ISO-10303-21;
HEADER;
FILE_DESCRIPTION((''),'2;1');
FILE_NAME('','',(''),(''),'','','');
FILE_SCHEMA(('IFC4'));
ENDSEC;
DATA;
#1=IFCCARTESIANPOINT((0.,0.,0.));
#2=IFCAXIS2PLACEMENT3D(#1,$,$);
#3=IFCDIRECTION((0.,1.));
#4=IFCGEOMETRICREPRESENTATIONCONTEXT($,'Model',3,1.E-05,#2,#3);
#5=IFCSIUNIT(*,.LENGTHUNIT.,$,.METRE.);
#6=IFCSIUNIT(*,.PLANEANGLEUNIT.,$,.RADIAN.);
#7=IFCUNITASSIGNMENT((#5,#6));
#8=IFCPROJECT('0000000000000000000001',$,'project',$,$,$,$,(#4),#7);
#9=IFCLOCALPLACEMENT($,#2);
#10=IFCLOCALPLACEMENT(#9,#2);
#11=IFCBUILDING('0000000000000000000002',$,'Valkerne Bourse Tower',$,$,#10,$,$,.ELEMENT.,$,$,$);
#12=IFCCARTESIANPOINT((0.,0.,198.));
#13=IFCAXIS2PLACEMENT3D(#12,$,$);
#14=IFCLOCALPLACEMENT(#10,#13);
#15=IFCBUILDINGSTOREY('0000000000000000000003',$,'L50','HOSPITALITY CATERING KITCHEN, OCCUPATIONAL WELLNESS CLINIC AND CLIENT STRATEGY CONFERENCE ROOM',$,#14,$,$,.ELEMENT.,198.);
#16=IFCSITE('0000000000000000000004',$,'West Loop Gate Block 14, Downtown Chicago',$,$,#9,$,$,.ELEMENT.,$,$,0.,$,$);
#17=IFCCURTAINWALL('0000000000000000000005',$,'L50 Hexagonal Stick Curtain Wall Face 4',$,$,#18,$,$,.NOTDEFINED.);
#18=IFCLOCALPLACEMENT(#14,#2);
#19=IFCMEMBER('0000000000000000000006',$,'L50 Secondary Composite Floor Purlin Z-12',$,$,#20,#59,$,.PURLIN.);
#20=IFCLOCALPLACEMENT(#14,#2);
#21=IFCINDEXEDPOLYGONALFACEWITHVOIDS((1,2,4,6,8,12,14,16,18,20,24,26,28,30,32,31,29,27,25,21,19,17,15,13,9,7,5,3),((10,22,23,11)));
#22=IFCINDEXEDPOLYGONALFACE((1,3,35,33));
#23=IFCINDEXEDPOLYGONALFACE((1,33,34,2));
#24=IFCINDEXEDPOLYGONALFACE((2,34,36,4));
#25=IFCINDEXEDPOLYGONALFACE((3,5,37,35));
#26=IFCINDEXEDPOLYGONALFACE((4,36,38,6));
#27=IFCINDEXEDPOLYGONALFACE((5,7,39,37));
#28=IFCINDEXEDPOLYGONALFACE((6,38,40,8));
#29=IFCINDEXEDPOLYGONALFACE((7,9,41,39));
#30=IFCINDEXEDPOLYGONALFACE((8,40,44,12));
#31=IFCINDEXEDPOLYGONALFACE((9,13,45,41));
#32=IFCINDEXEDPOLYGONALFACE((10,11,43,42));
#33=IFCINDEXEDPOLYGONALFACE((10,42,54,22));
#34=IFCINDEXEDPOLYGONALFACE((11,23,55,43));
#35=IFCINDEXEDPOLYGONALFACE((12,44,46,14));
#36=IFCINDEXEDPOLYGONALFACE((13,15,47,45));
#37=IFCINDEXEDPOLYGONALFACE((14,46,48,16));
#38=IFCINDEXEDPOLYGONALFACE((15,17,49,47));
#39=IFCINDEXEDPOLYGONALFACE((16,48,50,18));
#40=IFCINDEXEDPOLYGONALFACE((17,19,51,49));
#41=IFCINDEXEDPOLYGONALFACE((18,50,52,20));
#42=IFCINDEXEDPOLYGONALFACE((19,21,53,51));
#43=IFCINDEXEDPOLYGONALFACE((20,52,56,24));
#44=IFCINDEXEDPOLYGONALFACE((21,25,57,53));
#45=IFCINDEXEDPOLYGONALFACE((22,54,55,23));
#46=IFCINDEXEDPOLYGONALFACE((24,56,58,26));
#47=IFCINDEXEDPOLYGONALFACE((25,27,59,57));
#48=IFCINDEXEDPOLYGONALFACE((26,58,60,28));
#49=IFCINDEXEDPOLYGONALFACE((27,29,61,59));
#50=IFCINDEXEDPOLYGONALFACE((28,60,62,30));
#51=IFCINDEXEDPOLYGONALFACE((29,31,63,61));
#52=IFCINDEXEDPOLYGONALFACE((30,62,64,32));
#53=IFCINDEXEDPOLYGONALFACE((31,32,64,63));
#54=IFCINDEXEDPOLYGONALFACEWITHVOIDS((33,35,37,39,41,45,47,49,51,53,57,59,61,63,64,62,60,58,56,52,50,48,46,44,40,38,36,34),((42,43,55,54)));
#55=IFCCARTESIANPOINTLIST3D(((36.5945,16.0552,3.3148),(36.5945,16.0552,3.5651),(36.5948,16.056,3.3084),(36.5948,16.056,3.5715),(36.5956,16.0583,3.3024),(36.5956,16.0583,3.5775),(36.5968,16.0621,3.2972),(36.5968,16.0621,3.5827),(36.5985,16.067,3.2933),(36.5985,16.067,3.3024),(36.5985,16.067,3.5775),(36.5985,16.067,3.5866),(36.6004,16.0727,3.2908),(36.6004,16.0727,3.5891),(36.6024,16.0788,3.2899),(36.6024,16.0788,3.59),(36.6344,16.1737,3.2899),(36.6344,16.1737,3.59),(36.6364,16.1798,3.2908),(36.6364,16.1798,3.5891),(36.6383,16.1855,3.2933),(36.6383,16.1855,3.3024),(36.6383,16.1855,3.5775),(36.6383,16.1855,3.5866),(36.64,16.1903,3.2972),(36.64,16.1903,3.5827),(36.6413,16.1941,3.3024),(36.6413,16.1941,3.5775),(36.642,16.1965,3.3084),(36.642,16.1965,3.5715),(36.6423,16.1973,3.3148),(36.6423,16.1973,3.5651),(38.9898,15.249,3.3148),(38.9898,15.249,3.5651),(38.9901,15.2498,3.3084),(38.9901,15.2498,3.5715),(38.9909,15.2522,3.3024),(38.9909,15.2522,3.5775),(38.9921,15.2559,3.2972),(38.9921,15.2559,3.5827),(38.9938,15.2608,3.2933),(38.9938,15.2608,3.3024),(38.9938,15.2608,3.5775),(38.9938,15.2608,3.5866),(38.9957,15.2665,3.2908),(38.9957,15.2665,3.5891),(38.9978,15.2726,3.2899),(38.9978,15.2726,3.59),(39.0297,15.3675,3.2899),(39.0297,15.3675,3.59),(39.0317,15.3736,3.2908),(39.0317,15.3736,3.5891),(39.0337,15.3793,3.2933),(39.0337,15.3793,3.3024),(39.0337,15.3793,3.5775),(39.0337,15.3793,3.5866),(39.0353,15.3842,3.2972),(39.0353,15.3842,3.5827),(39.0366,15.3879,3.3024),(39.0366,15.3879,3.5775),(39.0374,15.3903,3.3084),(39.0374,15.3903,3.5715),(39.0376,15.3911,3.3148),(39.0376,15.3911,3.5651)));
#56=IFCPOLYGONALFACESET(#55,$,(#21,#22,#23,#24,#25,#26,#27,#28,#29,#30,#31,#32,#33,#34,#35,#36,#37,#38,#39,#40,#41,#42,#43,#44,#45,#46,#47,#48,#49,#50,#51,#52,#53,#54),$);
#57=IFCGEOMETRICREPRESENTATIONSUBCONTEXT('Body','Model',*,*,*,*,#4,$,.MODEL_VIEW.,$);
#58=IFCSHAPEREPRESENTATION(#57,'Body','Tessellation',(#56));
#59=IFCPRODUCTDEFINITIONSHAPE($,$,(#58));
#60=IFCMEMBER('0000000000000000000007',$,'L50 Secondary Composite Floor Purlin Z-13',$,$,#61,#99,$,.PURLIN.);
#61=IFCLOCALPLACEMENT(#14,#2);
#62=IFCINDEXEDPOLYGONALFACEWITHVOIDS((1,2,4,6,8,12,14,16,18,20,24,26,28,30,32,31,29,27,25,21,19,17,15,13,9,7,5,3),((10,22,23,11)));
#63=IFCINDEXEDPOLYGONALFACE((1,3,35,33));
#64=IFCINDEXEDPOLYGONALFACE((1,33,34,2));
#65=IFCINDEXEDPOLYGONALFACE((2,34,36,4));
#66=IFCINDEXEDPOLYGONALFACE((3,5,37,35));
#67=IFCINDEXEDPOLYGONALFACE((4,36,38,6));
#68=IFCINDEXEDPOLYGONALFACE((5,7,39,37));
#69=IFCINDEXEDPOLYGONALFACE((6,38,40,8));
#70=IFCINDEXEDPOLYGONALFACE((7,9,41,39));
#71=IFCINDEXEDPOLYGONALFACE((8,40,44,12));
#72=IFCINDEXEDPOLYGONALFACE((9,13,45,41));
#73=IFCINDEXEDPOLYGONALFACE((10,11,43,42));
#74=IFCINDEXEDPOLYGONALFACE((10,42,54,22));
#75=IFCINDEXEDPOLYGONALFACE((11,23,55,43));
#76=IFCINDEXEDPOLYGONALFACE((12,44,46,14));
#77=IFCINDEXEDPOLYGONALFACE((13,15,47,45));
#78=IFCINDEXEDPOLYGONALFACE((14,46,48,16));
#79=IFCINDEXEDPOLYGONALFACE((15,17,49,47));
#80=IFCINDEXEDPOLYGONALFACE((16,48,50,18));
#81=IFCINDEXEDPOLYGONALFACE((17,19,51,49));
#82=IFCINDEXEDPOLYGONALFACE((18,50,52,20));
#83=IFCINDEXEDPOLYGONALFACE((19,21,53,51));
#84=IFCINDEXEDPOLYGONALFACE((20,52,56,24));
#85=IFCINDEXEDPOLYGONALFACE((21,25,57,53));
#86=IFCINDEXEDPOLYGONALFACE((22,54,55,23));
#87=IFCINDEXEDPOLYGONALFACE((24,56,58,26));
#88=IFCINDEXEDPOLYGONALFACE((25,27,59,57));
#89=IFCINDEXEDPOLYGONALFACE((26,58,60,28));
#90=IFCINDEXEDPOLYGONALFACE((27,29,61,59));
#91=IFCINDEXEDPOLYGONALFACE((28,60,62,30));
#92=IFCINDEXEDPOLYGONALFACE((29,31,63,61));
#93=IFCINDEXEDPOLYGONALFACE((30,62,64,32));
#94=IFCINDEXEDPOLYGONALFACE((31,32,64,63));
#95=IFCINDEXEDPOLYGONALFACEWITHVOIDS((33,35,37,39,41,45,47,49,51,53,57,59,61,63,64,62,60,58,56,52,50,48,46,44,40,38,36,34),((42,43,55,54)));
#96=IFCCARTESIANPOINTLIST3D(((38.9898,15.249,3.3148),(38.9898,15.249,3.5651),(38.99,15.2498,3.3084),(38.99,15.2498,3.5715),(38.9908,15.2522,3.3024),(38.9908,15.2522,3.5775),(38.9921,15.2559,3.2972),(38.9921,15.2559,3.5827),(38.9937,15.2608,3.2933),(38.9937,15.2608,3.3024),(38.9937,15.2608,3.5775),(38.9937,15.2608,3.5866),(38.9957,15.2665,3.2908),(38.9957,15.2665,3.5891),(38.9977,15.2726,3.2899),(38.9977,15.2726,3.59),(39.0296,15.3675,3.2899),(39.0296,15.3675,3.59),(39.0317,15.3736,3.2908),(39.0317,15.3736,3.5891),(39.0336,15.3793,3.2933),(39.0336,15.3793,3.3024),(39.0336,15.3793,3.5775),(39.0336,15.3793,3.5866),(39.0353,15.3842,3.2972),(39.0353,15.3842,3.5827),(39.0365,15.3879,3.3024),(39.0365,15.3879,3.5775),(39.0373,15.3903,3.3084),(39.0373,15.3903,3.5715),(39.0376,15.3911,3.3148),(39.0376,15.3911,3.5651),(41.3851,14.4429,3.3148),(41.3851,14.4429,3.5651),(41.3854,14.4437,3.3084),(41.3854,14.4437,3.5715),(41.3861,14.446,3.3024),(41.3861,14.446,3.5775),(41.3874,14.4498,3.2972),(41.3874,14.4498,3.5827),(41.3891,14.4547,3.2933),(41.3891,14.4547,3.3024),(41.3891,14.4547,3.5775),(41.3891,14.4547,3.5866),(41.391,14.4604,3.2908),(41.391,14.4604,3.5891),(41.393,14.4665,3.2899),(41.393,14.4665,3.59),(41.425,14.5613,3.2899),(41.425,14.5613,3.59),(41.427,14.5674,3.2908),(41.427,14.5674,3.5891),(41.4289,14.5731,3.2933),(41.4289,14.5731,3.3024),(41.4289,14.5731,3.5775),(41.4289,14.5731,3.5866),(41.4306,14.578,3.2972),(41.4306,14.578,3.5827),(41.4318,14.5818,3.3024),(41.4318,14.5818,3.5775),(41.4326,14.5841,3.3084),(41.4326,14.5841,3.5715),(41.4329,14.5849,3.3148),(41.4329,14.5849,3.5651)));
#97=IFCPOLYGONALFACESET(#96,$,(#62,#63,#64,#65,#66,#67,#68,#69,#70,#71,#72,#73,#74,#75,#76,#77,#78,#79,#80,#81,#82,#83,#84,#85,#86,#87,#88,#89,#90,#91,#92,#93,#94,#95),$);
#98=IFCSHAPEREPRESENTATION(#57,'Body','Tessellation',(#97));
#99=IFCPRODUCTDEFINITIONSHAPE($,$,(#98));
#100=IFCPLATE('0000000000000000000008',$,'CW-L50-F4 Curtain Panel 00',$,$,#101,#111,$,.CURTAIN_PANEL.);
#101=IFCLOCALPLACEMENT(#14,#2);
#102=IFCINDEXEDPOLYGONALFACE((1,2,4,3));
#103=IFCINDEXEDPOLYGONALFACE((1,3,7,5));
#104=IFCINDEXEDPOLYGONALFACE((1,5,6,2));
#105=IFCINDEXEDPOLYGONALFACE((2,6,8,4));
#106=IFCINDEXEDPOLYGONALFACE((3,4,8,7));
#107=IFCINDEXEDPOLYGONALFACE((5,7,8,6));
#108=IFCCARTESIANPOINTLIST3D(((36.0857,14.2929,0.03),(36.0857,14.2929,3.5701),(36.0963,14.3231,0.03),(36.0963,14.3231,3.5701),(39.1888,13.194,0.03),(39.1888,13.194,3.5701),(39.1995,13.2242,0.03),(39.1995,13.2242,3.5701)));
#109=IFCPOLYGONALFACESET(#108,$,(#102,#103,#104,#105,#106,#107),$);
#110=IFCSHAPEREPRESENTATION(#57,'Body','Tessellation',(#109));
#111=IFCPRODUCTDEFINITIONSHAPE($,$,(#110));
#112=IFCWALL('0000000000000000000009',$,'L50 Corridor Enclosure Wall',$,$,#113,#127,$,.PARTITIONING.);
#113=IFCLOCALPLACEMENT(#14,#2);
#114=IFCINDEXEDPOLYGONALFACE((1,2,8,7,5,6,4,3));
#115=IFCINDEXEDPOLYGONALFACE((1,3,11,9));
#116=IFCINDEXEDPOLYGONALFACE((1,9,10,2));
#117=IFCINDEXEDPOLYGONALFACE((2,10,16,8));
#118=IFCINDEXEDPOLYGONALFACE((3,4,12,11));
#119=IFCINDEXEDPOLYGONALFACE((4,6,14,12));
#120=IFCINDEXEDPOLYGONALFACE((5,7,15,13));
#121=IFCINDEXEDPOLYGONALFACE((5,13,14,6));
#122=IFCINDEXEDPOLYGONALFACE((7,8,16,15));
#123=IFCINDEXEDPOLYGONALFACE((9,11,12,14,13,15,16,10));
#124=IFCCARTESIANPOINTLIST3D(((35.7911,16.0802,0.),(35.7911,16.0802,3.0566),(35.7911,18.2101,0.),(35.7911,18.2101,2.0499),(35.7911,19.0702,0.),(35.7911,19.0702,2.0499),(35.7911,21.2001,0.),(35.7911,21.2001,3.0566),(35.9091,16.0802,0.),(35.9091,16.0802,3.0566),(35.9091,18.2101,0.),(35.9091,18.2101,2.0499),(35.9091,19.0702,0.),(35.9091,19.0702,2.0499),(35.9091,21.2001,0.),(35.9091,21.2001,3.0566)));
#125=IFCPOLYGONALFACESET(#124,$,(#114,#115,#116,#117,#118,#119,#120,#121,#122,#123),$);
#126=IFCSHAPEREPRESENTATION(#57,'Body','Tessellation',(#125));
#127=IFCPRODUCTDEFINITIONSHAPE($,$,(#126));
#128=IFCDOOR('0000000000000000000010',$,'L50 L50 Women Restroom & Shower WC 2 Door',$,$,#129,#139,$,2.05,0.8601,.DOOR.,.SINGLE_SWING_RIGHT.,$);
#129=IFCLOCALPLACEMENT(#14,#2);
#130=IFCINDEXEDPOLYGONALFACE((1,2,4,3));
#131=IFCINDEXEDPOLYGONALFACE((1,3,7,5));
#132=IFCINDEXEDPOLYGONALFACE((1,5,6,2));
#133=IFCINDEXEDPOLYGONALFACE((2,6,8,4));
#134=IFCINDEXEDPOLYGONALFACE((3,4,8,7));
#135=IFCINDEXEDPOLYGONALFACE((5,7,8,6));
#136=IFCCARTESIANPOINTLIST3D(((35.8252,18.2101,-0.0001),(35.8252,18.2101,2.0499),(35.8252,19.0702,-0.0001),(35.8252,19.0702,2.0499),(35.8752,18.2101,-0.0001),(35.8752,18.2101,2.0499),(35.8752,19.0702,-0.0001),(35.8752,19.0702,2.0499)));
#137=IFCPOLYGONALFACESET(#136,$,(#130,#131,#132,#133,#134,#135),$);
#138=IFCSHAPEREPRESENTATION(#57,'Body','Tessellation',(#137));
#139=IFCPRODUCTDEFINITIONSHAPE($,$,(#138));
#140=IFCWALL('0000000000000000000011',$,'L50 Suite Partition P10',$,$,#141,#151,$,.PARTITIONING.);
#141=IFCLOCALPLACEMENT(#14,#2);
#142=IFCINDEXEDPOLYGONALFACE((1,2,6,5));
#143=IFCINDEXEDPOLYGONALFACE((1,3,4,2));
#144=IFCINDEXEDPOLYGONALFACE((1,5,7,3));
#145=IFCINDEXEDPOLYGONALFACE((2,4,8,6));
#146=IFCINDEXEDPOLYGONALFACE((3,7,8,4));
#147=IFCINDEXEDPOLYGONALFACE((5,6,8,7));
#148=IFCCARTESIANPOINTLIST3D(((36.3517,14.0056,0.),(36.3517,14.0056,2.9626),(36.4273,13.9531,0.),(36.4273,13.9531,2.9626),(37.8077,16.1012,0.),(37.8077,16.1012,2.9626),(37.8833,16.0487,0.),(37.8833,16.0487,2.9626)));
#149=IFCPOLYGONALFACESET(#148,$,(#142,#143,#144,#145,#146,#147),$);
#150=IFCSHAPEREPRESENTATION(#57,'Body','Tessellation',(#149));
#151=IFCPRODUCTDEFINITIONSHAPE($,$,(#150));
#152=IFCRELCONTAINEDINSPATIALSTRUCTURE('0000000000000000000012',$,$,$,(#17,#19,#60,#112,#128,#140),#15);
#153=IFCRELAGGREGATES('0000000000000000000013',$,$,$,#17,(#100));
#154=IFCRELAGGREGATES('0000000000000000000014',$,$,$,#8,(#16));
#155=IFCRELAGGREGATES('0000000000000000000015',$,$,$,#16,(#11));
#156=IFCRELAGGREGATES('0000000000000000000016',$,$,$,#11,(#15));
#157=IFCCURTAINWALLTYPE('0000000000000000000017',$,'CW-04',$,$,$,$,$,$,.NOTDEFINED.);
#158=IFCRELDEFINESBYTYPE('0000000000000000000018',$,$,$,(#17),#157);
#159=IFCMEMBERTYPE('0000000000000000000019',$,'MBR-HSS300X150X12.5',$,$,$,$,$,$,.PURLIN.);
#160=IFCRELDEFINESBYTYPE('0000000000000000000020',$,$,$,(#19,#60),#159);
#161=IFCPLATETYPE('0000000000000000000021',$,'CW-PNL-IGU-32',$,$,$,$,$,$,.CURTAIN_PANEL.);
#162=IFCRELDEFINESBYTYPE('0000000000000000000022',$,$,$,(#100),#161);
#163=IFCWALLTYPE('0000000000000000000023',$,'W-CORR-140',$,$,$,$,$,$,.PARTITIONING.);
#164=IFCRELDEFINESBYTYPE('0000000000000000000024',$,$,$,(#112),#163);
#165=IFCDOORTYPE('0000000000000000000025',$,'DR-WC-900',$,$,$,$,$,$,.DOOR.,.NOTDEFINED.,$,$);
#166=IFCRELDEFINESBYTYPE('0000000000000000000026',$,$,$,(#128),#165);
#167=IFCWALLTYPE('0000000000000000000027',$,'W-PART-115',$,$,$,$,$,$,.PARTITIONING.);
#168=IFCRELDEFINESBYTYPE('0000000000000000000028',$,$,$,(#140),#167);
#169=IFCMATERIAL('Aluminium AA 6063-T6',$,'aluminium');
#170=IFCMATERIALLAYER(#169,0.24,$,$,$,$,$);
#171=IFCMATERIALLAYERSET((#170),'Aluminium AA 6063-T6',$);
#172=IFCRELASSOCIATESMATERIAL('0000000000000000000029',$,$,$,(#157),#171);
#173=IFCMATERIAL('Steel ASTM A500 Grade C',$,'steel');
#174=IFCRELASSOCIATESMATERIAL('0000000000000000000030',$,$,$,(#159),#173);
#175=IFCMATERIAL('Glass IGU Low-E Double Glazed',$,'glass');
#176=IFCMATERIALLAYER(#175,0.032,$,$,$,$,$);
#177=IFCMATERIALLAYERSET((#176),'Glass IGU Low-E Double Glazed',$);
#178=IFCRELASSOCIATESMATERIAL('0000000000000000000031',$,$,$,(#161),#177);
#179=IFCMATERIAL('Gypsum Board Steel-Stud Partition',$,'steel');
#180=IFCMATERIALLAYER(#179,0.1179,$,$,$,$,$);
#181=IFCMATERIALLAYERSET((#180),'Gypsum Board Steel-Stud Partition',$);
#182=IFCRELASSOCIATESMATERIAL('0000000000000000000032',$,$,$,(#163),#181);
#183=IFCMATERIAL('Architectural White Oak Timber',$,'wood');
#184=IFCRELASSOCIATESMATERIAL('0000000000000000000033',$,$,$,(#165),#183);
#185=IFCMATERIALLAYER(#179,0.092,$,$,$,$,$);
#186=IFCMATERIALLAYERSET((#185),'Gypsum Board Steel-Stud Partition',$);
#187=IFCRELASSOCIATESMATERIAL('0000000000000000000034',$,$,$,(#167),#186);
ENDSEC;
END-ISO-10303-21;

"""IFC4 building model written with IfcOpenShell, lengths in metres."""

from ifc_helpers import new_model, si_unit, direction, frame, frame_2d, origin, origin_2d, place, context, subcontext, project, spatial, rectangle, hollow_rectangle, extrude, material, layer, layer_set, material_profile, profile_set, type_object, element, fill, aggregate, save


model = new_model("IFC4")

# Units and contexts
model_context = context("Model", 3, precision=1e-05, world=origin(), true_north=direction((0.0, 1.0)))
body_context = subcontext(model_context, "Body", "Model", "MODEL_VIEW")
ifc_project = project(units=[si_unit("LENGTHUNIT", "METRE"), si_unit("PLANEANGLEUNIT", "RADIAN")], contexts=[model_context])

# Site, building, storey
site_placement = place(None, origin())
site = spatial("IfcSite", under=ifc_project, at=site_placement, Name="West Loop Gate Block 14, Downtown Chicago", CompositionType="ELEMENT", RefElevation=0.0)
building_placement = place(site_placement, origin())
building = spatial("IfcBuilding", under=site, at=building_placement, Name="Valkerne Bourse Tower", CompositionType="ELEMENT")
storey_placement = place(building_placement, frame((0.0, 0.0, 198.0)))
storey = spatial("IfcBuildingStorey", under=building, at=storey_placement, Name="L50", Description="HOSPITALITY CATERING KITCHEN, OCCUPATIONAL WELLNESS CLINIC AND CLIENT STRATEGY CONFERENCE ROOM", CompositionType="ELEMENT", Elevation=198.0)

# Curtain wall
ifc_material_1 = material(Name="Aluminium AA 6063-T6", Category="aluminium")
ifc_layer_1 = layer(ifc_material_1, 0.24)
ifc_layer_set_1 = layer_set([ifc_layer_1], Name="Aluminium AA 6063-T6")
curtain_wall_type = type_object("IfcCurtainWallType", Name="CW-04", PredefinedType="NOTDEFINED", material=ifc_layer_set_1)
curtain_wall_placement = place(storey_placement, origin())
curtain_wall = element("IfcCurtainWall", 1, at=curtain_wall_placement, inside=storey, type_object=curtain_wall_type, Name="L50 Hexagonal Stick Curtain Wall Face 4", PredefinedType="NOTDEFINED")

# Members
ifc_material_2 = material(Name="Steel ASTM A500 Grade C", Category="steel")
ifc_material_profile_1 = material_profile(ifc_material_2, hollow_rectangle(XDim=0.1499, YDim=0.3, WallThickness=0.0125, OuterFilletRadius=0.0249, at=origin_2d()), Name="HSS300X150X12.5")
ifc_profile_set_1 = profile_set([ifc_material_profile_1], Name="Steel ASTM A500 Grade C")
member_type_1 = type_object("IfcMemberType", Name="MBR-HSS300X150X12.5", PredefinedType="PURLIN", material=ifc_profile_set_1)
for number, where, z_axis, x_axis, name in (
    (2, (36.6184, 16.1262, 3.4399), (0.947762, -0.31898, 0.0), (0.31898, 0.947762, 0.0), "L50 Secondary Composite Floor Purlin Z-12"),
    (3, (39.0137, 15.3201, 3.4399), (0.947762, -0.31898, 0.0), (0.31898, 0.947762, 0.0), "L50 Secondary Composite Floor Purlin Z-13"),
):
    element("IfcMember", number, at=place(storey_placement, frame(where, z_axis=z_axis, x_axis=x_axis)), inside=storey, type_object=member_type_1, Name=name, PredefinedType="PURLIN", context=body_context, shape_type="SweptSolid", body=[
        extrude(hollow_rectangle(XDim=0.1499, YDim=0.3, WallThickness=0.0125, OuterFilletRadius=0.0249, at=origin_2d()), origin(), (0.0, 0.0, 1.0), 2.5273),
    ])

# Plate
ifc_material_3 = material(Name="Glass IGU Low-E Double Glazed", Category="glass")
ifc_layer_2 = layer(ifc_material_3, 0.032)
ifc_layer_set_2 = layer_set([ifc_layer_2], Name="Glass IGU Low-E Double Glazed")
plate_type = type_object("IfcPlateType", Name="CW-PNL-IGU-32", PredefinedType="CURTAIN_PANEL", material=ifc_layer_set_2)
plate_placement = place(storey_placement, frame((37.6426, 13.7585, 0.03), z_axis=(0.0, 0.0, 1.0), x_axis=(0.942644, -0.333801, 0.0)))
plate = element("IfcPlate", 4, at=plate_placement, type_object=plate_type, Name="CW-L50-F4 Curtain Panel 00", PredefinedType="CURTAIN_PANEL", context=body_context, shape_type="SweptSolid", body=[
    extrude(rectangle(XDim=3.292, YDim=0.032, at=origin_2d()), origin(), (0.0, 0.0, 1.0), 3.54),
])
aggregate(curtain_wall, [plate])

# Wall, opening, door
ifc_material_4 = material(Name="Gypsum Board Steel-Stud Partition", Category="steel")
ifc_layer_3 = layer(ifc_material_4, 0.1179)
ifc_layer_set_3 = layer_set([ifc_layer_3], Name="Gypsum Board Steel-Stud Partition")
wall_type_1 = type_object("IfcWallType", Name="W-CORR-140", PredefinedType="PARTITIONING", material=ifc_layer_set_3)
wall_1_placement = place(storey_placement, frame((35.8501, 16.0801, 0.0), z_axis=(0.0, 0.0, 1.0), x_axis=(0.0, 1.0, 0.0)))
wall_1 = element("IfcWall", 5, at=wall_1_placement, inside=storey, type_object=wall_type_1, Name="L50 Corridor Enclosure Wall", PredefinedType="PARTITIONING", context=body_context, shape_type="SweptSolid", body=[
    extrude(rectangle(XDim=5.1199, YDim=0.1179, at=frame_2d((2.5601, 0.0))), origin(), (0.0, 0.0, 1.0), 3.0566),
])
opening_1_placement = place(wall_1_placement, frame((2.1299, 0.0, 0.0)))
opening_1 = element("IfcOpeningElement", 6, at=opening_1_placement, cuts=wall_1, PredefinedType="OPENING", context=body_context, shape_type="SweptSolid", body=[
    extrude(rectangle(XDim=0.8601, YDim=2.05, at=frame_2d((0.4302, 1.0249))), frame((0.0, 0.0688, 0.0), z_axis=(0.0, -1.0, 0.0), x_axis=(1.0, 0.0, 0.0)), (0.0, 0.0, 1.0), 0.1379),
])
ifc_material_5 = material(Name="Architectural White Oak Timber", Category="wood")
door_type_1 = type_object("IfcDoorType", Name="DR-WC-900", OperationType="NOTDEFINED", PredefinedType="DOOR", material=ifc_material_5)
door_1_placement = place(opening_1_placement, origin())
door_1 = element("IfcDoor", 7, at=door_1_placement, inside=storey, type_object=door_type_1, Name="L50 L50 Women Restroom & Shower WC 2 Door", OperationType="SINGLE_SWING_RIGHT", OverallHeight=2.05, OverallWidth=0.8601, PredefinedType="DOOR", context=body_context, shape_type="SweptSolid", body=[
    extrude(rectangle(XDim=0.8601, YDim=2.05, at=frame_2d((0.4302, 1.0249))), frame((0.0, 0.0249, 0.0), z_axis=(0.0, -1.0, 0.0), x_axis=(1.0, 0.0, 0.0)), (0.0, 0.0, 1.0), 0.05),
])
fill(opening_1, door_1)

# Wall
ifc_layer_4 = layer(ifc_material_4, 0.092)
ifc_layer_set_4 = layer_set([ifc_layer_4], Name="Gypsum Board Steel-Stud Partition")
wall_type_2 = type_object("IfcWallType", Name="W-PART-115", PredefinedType="PARTITIONING", material=ifc_layer_set_4)
wall_2_placement = place(storey_placement, frame((37.8455, 16.075, 0.0), z_axis=(0.0, 0.0, 1.0), x_axis=(-0.570582, -0.82124, 0.0)))
element("IfcWall", 8, at=wall_2_placement, inside=storey, type_object=wall_type_2, Name="L50 Suite Partition P10", PredefinedType="PARTITIONING", context=body_context, shape_type="SweptSolid", body=[
    extrude(rectangle(XDim=2.5518, YDim=0.092, at=frame_2d((1.2759, 0.0))), origin(), (0.0, 0.0, 1.0), 2.9626),
])

save(model, "model.ifc")
